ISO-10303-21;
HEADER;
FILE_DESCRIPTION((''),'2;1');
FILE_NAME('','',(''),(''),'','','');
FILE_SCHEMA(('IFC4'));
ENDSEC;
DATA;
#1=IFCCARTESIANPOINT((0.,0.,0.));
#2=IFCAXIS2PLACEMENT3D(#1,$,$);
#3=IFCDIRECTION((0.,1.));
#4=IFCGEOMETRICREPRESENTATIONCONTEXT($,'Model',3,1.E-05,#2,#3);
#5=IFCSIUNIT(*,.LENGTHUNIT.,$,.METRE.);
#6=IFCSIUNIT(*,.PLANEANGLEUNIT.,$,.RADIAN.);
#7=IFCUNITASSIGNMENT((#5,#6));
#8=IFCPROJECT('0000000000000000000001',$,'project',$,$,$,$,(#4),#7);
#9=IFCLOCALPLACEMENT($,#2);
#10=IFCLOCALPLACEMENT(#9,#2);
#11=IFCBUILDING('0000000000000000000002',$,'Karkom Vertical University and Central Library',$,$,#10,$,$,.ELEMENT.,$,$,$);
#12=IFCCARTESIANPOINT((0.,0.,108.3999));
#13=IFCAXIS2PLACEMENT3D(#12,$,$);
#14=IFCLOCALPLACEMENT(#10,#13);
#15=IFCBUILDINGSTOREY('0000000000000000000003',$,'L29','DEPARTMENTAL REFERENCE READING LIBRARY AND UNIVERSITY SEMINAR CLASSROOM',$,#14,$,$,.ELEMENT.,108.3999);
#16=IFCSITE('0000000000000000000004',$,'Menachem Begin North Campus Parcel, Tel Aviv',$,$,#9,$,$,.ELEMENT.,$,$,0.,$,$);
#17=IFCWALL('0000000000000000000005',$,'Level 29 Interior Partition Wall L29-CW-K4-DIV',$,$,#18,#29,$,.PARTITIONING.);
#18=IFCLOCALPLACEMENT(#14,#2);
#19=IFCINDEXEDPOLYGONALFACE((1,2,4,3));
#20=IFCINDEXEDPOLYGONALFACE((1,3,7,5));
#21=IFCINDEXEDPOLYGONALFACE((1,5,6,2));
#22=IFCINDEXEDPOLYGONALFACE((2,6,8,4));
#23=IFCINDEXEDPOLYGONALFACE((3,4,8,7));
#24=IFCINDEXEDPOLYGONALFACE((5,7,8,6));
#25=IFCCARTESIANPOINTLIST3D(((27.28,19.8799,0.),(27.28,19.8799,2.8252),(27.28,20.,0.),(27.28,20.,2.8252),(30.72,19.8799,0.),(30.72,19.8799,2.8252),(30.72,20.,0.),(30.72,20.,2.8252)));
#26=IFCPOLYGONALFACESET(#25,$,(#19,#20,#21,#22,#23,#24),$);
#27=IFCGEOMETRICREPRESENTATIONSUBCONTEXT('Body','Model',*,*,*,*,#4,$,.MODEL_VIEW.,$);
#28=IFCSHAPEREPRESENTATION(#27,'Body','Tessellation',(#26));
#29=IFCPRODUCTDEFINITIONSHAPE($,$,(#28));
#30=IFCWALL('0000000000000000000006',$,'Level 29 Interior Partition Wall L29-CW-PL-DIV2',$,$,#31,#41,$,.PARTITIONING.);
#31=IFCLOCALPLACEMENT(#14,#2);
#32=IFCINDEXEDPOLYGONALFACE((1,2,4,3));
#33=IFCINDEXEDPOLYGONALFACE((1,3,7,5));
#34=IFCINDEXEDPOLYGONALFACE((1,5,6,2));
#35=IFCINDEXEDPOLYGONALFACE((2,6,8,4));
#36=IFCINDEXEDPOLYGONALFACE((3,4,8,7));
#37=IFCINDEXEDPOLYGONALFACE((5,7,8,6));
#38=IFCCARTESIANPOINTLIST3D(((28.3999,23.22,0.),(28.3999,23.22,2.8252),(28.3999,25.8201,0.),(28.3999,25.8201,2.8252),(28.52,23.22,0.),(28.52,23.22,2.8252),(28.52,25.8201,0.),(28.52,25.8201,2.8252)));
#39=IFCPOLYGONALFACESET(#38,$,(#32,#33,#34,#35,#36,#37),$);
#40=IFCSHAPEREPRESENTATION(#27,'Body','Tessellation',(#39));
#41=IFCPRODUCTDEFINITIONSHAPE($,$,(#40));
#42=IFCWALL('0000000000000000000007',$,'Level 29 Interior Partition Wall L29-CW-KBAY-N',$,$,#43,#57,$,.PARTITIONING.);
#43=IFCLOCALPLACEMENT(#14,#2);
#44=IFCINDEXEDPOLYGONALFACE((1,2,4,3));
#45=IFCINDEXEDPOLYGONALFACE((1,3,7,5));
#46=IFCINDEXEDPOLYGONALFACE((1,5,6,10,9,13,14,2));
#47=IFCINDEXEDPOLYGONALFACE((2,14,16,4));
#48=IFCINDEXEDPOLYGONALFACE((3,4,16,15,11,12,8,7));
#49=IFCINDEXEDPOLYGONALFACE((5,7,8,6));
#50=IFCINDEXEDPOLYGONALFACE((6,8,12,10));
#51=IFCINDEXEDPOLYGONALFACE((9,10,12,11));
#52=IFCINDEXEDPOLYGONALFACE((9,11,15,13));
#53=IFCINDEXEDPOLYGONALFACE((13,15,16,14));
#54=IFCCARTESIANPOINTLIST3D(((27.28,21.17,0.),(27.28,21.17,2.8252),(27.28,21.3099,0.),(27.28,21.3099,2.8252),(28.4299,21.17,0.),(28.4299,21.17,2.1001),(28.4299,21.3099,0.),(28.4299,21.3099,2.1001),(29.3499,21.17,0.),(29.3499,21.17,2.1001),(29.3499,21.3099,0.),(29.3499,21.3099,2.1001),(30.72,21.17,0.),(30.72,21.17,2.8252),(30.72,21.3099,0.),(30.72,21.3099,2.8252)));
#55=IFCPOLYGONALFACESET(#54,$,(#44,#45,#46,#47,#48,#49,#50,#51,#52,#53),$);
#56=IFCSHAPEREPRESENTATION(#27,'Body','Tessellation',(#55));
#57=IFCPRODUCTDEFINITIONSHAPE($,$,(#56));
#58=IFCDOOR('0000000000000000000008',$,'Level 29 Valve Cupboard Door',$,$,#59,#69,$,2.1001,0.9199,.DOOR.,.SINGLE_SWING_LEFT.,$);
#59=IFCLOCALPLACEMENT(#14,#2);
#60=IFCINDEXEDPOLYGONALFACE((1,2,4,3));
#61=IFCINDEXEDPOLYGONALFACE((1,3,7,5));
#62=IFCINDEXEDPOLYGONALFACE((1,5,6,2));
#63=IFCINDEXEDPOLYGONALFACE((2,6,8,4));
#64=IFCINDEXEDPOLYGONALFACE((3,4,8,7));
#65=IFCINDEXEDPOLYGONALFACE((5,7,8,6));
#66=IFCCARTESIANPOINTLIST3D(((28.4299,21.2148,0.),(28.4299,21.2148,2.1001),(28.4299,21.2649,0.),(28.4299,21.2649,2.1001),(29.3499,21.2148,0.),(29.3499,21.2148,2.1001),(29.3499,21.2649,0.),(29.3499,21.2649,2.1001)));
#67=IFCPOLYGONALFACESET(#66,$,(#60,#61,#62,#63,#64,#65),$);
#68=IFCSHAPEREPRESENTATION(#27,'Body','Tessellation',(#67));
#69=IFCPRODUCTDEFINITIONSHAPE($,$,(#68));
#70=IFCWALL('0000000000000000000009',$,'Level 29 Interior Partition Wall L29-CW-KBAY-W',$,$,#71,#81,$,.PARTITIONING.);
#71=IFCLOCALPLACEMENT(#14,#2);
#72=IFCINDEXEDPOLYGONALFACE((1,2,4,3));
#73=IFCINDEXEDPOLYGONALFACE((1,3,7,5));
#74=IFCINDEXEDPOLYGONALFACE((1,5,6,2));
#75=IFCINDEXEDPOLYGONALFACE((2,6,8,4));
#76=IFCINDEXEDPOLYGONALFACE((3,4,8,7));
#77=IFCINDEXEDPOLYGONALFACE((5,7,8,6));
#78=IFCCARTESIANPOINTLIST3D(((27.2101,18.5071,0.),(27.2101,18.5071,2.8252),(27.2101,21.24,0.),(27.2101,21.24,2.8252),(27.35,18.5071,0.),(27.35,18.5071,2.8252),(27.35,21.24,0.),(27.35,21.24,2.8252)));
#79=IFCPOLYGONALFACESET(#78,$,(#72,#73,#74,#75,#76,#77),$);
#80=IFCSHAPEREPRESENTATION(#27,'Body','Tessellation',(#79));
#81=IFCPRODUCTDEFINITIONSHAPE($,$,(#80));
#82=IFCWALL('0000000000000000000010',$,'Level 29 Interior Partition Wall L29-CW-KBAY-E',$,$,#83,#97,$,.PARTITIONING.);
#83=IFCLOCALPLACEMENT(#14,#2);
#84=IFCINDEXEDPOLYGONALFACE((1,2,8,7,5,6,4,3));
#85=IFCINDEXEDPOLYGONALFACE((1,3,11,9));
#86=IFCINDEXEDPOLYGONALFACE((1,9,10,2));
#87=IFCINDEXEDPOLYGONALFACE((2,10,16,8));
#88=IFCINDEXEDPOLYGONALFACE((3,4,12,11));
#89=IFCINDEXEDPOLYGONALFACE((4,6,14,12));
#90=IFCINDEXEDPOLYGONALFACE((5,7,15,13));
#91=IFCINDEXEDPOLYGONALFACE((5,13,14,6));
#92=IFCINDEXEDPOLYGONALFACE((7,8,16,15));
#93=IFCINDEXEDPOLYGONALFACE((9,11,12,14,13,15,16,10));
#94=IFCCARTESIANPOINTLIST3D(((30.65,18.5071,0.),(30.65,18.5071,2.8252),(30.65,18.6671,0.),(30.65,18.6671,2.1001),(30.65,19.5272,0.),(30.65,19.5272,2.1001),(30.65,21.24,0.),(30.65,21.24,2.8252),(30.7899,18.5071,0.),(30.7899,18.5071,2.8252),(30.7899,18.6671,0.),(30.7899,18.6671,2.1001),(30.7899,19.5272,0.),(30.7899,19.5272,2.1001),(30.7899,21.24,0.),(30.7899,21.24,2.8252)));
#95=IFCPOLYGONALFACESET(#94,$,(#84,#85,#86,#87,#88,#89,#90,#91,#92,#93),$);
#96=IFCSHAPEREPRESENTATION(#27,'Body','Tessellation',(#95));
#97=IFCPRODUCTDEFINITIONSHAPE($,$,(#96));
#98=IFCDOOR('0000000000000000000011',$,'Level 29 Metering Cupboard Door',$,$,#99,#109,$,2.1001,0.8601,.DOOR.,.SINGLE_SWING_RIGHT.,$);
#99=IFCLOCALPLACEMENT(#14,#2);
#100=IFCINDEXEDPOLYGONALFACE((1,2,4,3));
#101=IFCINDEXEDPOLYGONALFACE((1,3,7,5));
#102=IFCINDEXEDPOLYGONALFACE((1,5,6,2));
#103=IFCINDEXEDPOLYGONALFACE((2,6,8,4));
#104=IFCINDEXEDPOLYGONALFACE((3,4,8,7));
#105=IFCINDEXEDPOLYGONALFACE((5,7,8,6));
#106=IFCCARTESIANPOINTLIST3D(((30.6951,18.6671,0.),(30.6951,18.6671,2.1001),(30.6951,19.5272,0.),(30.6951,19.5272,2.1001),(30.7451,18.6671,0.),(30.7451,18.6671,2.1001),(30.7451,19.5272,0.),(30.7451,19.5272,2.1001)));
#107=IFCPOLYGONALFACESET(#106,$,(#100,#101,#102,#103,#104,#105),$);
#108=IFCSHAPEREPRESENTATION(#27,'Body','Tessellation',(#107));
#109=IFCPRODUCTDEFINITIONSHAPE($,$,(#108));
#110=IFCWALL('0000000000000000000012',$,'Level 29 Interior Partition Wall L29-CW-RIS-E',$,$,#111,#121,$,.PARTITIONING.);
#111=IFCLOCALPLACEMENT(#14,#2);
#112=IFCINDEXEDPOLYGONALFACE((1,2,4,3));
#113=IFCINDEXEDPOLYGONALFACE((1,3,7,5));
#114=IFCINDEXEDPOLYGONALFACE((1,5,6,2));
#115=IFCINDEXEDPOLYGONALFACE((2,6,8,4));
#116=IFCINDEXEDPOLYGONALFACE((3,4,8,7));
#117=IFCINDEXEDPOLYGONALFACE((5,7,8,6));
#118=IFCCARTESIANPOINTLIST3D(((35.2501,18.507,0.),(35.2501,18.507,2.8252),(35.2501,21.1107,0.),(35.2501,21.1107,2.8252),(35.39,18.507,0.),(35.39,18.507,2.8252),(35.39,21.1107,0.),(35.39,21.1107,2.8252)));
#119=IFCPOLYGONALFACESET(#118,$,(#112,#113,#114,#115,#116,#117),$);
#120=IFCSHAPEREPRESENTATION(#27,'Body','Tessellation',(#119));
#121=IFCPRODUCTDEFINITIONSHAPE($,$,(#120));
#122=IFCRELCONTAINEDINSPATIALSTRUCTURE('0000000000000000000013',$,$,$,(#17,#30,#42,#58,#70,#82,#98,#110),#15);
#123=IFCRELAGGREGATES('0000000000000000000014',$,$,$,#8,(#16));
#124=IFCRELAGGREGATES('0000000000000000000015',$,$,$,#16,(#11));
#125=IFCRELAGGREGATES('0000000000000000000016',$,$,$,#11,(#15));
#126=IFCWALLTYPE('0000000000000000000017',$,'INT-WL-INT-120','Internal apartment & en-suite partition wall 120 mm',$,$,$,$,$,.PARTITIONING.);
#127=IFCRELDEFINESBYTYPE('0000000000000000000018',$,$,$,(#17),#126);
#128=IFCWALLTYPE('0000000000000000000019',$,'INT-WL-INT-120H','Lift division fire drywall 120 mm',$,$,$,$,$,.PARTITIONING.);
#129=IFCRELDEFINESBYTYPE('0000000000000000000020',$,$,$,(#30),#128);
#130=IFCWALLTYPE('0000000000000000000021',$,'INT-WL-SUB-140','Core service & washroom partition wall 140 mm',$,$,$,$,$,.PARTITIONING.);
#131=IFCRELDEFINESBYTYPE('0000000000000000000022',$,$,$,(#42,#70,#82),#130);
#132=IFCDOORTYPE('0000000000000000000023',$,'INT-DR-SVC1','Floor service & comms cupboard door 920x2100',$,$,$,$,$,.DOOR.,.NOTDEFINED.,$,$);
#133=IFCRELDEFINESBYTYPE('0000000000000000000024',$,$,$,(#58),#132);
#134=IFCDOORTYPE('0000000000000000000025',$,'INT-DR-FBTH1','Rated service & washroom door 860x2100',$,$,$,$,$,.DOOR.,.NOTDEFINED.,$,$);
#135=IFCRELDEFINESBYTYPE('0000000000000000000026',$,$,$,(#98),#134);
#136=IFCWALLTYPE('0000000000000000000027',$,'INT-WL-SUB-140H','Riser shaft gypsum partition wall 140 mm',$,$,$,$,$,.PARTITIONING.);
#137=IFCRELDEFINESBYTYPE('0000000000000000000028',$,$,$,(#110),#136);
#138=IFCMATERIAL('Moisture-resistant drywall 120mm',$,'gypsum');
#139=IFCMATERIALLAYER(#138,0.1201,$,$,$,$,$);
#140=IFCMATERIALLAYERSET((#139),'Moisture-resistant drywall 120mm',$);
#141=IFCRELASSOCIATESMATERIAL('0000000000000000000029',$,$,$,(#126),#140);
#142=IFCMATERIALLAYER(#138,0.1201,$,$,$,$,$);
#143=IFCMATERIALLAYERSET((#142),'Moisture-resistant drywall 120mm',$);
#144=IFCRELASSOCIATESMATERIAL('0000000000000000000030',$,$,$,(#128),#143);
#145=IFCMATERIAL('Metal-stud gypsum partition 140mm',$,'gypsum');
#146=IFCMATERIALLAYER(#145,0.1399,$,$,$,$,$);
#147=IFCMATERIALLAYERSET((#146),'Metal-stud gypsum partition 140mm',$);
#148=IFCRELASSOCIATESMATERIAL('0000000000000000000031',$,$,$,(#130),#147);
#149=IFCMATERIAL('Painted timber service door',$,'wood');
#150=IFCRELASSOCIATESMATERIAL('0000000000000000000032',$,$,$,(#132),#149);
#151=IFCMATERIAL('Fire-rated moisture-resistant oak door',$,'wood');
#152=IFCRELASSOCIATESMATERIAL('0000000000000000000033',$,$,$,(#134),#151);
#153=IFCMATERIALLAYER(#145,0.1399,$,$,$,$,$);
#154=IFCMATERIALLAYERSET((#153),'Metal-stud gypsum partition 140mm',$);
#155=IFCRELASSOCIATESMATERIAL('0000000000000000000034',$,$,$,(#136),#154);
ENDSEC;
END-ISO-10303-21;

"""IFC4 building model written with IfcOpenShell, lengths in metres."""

from ifc_helpers import new_model, si_unit, direction, frame, frame_2d, origin, origin_with_axes, place, context, subcontext, project, spatial, rectangle, extrude, source, transform, mapped, material, layer, layer_set, type_object, element, fill, save


model = new_model("IFC4")

# Units and contexts
model_context = context("Model", 3, precision=1e-05, world=origin(), true_north=direction((0.0, 1.0)))
body_context = subcontext(model_context, "Body", "Model", "MODEL_VIEW")
ifc_project = project(units=[si_unit("LENGTHUNIT", "METRE"), si_unit("PLANEANGLEUNIT", "RADIAN")], contexts=[model_context])

# Site, building, storey
site_placement = place(None, origin())
site = spatial("IfcSite", under=ifc_project, at=site_placement, Name="Menachem Begin North Campus Parcel, Tel Aviv", CompositionType="ELEMENT", RefElevation=0.0)
building_placement = place(site_placement, origin())
building = spatial("IfcBuilding", under=site, at=building_placement, Name="Karkom Vertical University and Central Library", CompositionType="ELEMENT")
storey_placement = place(building_placement, frame((0.0, 0.0, 108.3999)))
storey = spatial("IfcBuildingStorey", under=building, at=storey_placement, Name="L29", Description="DEPARTMENTAL REFERENCE READING LIBRARY AND UNIVERSITY SEMINAR CLASSROOM", CompositionType="ELEMENT", Elevation=108.3999)

# Walls
ifc_material_1 = material(Name="Moisture-resistant drywall 120mm", Category="gypsum")
ifc_layer_1 = layer(ifc_material_1, 0.1201)
ifc_layer_set_1 = layer_set([ifc_layer_1], Name="Moisture-resistant drywall 120mm")
wall_type_1 = type_object("IfcWallType", Name="INT-WL-INT-120", Description="Internal apartment & en-suite partition wall 120 mm", PredefinedType="PARTITIONING", material=ifc_layer_set_1)
wall_1_placement = place(storey_placement, frame((27.28, 19.9399, 0.0), z_axis=(0.0, 0.0, 1.0), x_axis=(1.0, 0.0, 0.0)))
element("IfcWall", 1, at=wall_1_placement, inside=storey, type_object=wall_type_1, Name="Level 29 Interior Partition Wall L29-CW-K4-DIV", PredefinedType="PARTITIONING", context=body_context, shape_type="SweptSolid", body=[
    extrude(rectangle(XDim=3.4399, YDim=0.1201, at=frame_2d((1.72, 0.0))), origin(), (0.0, 0.0, 1.0), 2.8252),
])
ifc_layer_2 = layer(ifc_material_1, 0.1201)
ifc_layer_set_2 = layer_set([ifc_layer_2], Name="Moisture-resistant drywall 120mm")
wall_type_2 = type_object("IfcWallType", Name="INT-WL-INT-120H", Description="Lift division fire drywall 120 mm", PredefinedType="PARTITIONING", material=ifc_layer_set_2)
wall_2_placement = place(storey_placement, frame((28.46, 23.22, 0.0), z_axis=(0.0, 0.0, 1.0), x_axis=(0.0, 1.0, 0.0)))
element("IfcWall", 2, at=wall_2_placement, inside=storey, type_object=wall_type_2, Name="Level 29 Interior Partition Wall L29-CW-PL-DIV2", PredefinedType="PARTITIONING", context=body_context, shape_type="SweptSolid", body=[
    extrude(rectangle(XDim=2.6001, YDim=0.1201, at=frame_2d((1.3, 0.0))), origin(), (0.0, 0.0, 1.0), 2.8252),
])

# Wall, opening, door
ifc_material_2 = material(Name="Metal-stud gypsum partition 140mm", Category="gypsum")
ifc_layer_3 = layer(ifc_material_2, 0.1399)
ifc_layer_set_3 = layer_set([ifc_layer_3], Name="Metal-stud gypsum partition 140mm")
wall_type_3 = type_object("IfcWallType", Name="INT-WL-SUB-140", Description="Core service & washroom partition wall 140 mm", PredefinedType="PARTITIONING", material=ifc_layer_set_3)
wall_3_placement = place(storey_placement, frame((27.28, 21.24, 0.0), z_axis=(0.0, 0.0, 1.0), x_axis=(1.0, 0.0, 0.0)))
wall_3 = element("IfcWall", 3, at=wall_3_placement, inside=storey, type_object=wall_type_3, Name="Level 29 Interior Partition Wall L29-CW-KBAY-N", PredefinedType="PARTITIONING", context=body_context, shape_type="SweptSolid", body=[
    extrude(rectangle(XDim=3.4399, YDim=0.1399, at=frame_2d((1.72, 0.0))), origin(), (0.0, 0.0, 1.0), 2.8252),
])
opening_1_placement = place(wall_3_placement, frame((1.1499, 0.0, 0.0)))
opening_1 = element("IfcOpeningElement", 4, at=opening_1_placement, cuts=wall_3, PredefinedType="OPENING", context=body_context, shape_type="SweptSolid", body=[
    extrude(rectangle(XDim=0.9199, YDim=2.1001, at=frame_2d((0.46, 1.05))), frame((0.0, 0.0801, 0.0), z_axis=(0.0, -1.0, 0.0), x_axis=(1.0, 0.0, 0.0)), (0.0, 0.0, 1.0), 0.1599),
])
ifc_material_3 = material(Name="Painted timber service door", Category="wood")
door_type_1 = type_object("IfcDoorType", Name="INT-DR-SVC1", Description="Floor service & comms cupboard door 920x2100", OperationType="NOTDEFINED", PredefinedType="DOOR", material=ifc_material_3)
shared_shape_1 = source(origin_with_axes(), body_context, "Body", "SweptSolid", [
    extrude(rectangle(XDim=0.9199, YDim=2.1001, at=frame_2d((0.46, 1.05))), frame((0.0, 0.0249, 0.0), z_axis=(0.0, -1.0, 0.0), x_axis=(1.0, 0.0, 0.0)), (0.0, 0.0, 1.0), 0.05),
])
door_1_placement = place(opening_1_placement, origin())
door_1 = element("IfcDoor", 5, at=door_1_placement, inside=storey, type_object=door_type_1, Name="Level 29 Valve Cupboard Door", OperationType="SINGLE_SWING_LEFT", OverallHeight=2.1001, OverallWidth=0.9199, PredefinedType="DOOR", context=body_context, shape_type="MappedRepresentation", body=[
    mapped(shared_shape_1, transform((0.0, 0.0, 0.0), scale=1.0)),
])
fill(opening_1, door_1)

# Wall
wall_4_placement = place(storey_placement, frame((27.28, 18.5071, 0.0), z_axis=(0.0, 0.0, 1.0), x_axis=(0.0, 1.0, 0.0)))
element("IfcWall", 6, at=wall_4_placement, inside=storey, type_object=wall_type_3, Name="Level 29 Interior Partition Wall L29-CW-KBAY-W", PredefinedType="PARTITIONING", context=body_context, shape_type="SweptSolid", body=[
    extrude(rectangle(XDim=2.7329, YDim=0.1399, at=frame_2d((1.3665, 0.0))), origin(), (0.0, 0.0, 1.0), 2.8252),
])

# Wall, opening, door
wall_5_placement = place(storey_placement, frame((30.72, 18.5071, 0.0), z_axis=(0.0, 0.0, 1.0), x_axis=(0.0, 1.0, 0.0)))
wall_5 = element("IfcWall", 7, at=wall_5_placement, inside=storey, type_object=wall_type_3, Name="Level 29 Interior Partition Wall L29-CW-KBAY-E", PredefinedType="PARTITIONING", context=body_context, shape_type="SweptSolid", body=[
    extrude(rectangle(XDim=2.7329, YDim=0.1399, at=frame_2d((1.3665, 0.0))), origin(), (0.0, 0.0, 1.0), 2.8252),
])
opening_2_placement = place(wall_5_placement, frame((0.1599, 0.0, 0.0)))
opening_2 = element("IfcOpeningElement", 8, at=opening_2_placement, cuts=wall_5, PredefinedType="OPENING", context=body_context, shape_type="SweptSolid", body=[
    extrude(rectangle(XDim=0.8601, YDim=2.1001, at=frame_2d((0.4302, 1.05))), frame((0.0, 0.0801, 0.0), z_axis=(0.0, -1.0, 0.0), x_axis=(1.0, 0.0, 0.0)), (0.0, 0.0, 1.0), 0.1599),
])
ifc_material_4 = material(Name="Fire-rated moisture-resistant oak door", Category="wood")
door_type_2 = type_object("IfcDoorType", Name="INT-DR-FBTH1", Description="Rated service & washroom door 860x2100", OperationType="NOTDEFINED", PredefinedType="DOOR", material=ifc_material_4)
shared_shape_2 = source(origin_with_axes(), body_context, "Body", "SweptSolid", [
    extrude(rectangle(XDim=0.8601, YDim=2.1001, at=frame_2d((0.4302, 1.05))), frame((0.0, 0.0249, 0.0), z_axis=(0.0, -1.0, 0.0), x_axis=(1.0, 0.0, 0.0)), (0.0, 0.0, 1.0), 0.05),
])
door_2_placement = place(opening_2_placement, origin())
door_2 = element("IfcDoor", 9, at=door_2_placement, inside=storey, type_object=door_type_2, Name="Level 29 Metering Cupboard Door", OperationType="SINGLE_SWING_RIGHT", OverallHeight=2.1001, OverallWidth=0.8601, PredefinedType="DOOR", context=body_context, shape_type="MappedRepresentation", body=[
    mapped(shared_shape_2, transform((0.0, 0.0, 0.0), scale=1.0)),
])
fill(opening_2, door_2)

# Wall
ifc_layer_4 = layer(ifc_material_2, 0.1399)
ifc_layer_set_4 = layer_set([ifc_layer_4], Name="Metal-stud gypsum partition 140mm")
wall_type_4 = type_object("IfcWallType", Name="INT-WL-SUB-140H", Description="Riser shaft gypsum partition wall 140 mm", PredefinedType="PARTITIONING", material=ifc_layer_set_4)
wall_6_placement = place(storey_placement, frame((35.3201, 18.5071, 0.0), z_axis=(0.0, 0.0, 1.0), x_axis=(0.0, 1.0, 0.0)))
element("IfcWall", 10, at=wall_6_placement, inside=storey, type_object=wall_type_4, Name="Level 29 Interior Partition Wall L29-CW-RIS-E", PredefinedType="PARTITIONING", context=body_context, shape_type="SweptSolid", body=[
    extrude(rectangle(XDim=2.6038, YDim=0.1399, at=frame_2d((1.3018, 0.0))), origin(), (0.0, 0.0, 1.0), 2.8252),
])

save(model, "model.ifc")
